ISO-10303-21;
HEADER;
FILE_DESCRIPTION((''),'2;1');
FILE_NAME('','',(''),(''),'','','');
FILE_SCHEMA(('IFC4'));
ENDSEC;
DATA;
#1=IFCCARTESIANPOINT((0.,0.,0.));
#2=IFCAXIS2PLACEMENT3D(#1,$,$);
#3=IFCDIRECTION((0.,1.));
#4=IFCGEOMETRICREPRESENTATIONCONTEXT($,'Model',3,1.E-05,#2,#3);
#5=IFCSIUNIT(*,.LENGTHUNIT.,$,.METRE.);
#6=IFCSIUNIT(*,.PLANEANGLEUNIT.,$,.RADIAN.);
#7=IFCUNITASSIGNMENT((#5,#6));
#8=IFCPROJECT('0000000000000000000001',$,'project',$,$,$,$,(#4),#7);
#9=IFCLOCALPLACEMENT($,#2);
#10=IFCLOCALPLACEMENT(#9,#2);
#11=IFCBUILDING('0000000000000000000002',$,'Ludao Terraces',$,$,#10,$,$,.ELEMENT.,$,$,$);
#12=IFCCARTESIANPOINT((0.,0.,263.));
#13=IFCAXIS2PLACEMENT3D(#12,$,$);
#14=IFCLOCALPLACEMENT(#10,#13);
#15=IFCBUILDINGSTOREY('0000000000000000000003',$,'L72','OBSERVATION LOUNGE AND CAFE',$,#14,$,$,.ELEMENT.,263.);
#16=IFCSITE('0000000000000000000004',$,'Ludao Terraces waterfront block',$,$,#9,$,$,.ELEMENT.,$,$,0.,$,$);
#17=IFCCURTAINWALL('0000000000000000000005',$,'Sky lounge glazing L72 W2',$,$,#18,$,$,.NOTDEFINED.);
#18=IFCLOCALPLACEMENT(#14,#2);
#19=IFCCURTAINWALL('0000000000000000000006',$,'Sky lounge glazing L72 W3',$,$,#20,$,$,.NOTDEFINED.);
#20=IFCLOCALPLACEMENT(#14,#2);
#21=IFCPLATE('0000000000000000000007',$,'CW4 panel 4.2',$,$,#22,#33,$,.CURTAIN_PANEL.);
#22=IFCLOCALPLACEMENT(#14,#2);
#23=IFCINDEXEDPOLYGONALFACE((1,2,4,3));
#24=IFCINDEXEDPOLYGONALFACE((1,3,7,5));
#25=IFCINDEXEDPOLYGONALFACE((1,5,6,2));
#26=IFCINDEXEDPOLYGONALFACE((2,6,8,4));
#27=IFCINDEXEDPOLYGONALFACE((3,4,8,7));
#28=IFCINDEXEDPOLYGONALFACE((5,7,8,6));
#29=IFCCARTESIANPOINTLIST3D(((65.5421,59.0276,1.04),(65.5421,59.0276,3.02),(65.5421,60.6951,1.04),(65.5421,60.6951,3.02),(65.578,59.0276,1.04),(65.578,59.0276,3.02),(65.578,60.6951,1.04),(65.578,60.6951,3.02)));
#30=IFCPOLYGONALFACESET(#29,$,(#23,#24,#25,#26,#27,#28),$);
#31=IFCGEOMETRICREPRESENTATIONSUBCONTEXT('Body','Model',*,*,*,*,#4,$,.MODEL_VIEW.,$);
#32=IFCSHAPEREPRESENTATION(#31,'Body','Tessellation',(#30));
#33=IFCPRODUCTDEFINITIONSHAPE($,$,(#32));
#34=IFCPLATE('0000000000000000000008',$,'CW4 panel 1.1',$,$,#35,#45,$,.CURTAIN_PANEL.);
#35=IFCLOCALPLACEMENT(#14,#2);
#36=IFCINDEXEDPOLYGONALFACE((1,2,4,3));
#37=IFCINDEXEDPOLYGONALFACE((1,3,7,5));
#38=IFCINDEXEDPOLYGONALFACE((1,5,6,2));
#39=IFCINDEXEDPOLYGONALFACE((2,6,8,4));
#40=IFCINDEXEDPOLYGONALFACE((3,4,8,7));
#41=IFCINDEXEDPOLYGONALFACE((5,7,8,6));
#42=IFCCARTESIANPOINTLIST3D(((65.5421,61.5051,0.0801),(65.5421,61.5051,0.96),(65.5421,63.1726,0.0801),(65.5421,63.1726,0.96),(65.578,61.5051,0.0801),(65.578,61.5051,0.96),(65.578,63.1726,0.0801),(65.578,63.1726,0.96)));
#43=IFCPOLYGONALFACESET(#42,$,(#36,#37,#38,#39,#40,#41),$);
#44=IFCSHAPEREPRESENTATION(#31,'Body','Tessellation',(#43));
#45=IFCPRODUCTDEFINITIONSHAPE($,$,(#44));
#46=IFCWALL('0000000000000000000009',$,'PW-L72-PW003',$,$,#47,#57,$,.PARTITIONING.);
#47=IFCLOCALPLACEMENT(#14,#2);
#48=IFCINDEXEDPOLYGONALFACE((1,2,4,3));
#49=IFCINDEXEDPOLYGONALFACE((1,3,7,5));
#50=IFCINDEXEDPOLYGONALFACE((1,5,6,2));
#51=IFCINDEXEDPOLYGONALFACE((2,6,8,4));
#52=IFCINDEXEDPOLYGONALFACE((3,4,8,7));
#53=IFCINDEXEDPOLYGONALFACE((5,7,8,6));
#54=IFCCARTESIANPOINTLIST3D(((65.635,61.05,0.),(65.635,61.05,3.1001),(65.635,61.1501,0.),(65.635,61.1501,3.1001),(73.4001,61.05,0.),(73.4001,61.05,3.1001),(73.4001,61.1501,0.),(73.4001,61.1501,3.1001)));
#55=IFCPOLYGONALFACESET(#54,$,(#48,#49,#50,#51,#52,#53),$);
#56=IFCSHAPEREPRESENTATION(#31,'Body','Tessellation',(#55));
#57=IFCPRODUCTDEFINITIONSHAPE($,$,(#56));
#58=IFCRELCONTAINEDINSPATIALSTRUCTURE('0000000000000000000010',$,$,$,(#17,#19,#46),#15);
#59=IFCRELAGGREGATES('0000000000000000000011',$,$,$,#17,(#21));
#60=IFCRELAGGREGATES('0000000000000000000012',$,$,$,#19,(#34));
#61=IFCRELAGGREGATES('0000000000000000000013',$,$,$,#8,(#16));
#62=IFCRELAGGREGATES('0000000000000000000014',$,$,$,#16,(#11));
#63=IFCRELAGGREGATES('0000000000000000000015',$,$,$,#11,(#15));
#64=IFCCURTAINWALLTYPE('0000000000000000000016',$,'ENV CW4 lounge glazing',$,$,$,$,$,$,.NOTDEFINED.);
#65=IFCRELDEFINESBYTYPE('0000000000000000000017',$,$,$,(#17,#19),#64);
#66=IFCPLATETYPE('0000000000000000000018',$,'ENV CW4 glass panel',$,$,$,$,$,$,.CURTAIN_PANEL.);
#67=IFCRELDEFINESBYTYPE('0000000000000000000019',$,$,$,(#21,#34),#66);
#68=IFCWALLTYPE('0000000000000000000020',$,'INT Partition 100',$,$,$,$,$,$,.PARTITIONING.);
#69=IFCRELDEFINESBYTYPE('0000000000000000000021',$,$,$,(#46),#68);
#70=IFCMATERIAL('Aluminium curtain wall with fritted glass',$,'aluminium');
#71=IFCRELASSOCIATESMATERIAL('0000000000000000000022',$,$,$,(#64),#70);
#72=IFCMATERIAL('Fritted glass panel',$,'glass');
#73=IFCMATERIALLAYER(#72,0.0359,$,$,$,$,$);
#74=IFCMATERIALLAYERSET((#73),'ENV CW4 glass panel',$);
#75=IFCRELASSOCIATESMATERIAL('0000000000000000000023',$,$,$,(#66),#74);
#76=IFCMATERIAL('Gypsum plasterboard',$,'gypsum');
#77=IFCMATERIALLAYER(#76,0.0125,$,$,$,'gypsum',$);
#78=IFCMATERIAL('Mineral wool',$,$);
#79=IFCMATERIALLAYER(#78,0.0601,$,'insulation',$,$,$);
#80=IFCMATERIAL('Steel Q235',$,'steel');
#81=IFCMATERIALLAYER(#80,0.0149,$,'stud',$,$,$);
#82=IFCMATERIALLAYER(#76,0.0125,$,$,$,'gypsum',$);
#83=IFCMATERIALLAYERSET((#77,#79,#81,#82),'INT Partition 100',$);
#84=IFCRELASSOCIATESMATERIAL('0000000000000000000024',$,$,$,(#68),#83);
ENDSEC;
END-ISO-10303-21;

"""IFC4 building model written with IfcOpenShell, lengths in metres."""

from ifc_helpers import new_model, si_unit, direction, frame, frame_2d, origin, origin_2d, place, context, subcontext, project, spatial, rectangle, extrude, material, layer, layer_set, type_object, element, aggregate, save


model = new_model("IFC4")

# Units and contexts
model_context = context("Model", 3, precision=1e-05, world=origin(), true_north=direction((0.0, 1.0)))
body_context = subcontext(model_context, "Body", "Model", "MODEL_VIEW")
ifc_project = project(units=[si_unit("LENGTHUNIT", "METRE"), si_unit("PLANEANGLEUNIT", "RADIAN")], contexts=[model_context])

# Site, building, storey
site_placement = place(None, origin())
site = spatial("IfcSite", under=ifc_project, at=site_placement, Name="Ludao Terraces waterfront block", CompositionType="ELEMENT", RefElevation=0.0)
building_placement = place(site_placement, origin())
building = spatial("IfcBuilding", under=site, at=building_placement, Name="Ludao Terraces", CompositionType="ELEMENT")
storey_placement = place(building_placement, frame((0.0, 0.0, 263.0)))
storey = spatial("IfcBuildingStorey", under=building, at=storey_placement, Name="L72", Description="OBSERVATION LOUNGE AND CAFE", CompositionType="ELEMENT", Elevation=263.0)

# Curtain wall
ifc_material_1 = material(Name="Aluminium curtain wall with fritted glass", Category="aluminium")
curtain_wall_type = type_object("IfcCurtainWallType", Name="ENV CW4 lounge glazing", PredefinedType="NOTDEFINED", material=ifc_material_1)
curtain_wall_1_placement = place(storey_placement, origin())
curtain_wall_1 = element("IfcCurtainWall", 1, at=curtain_wall_1_placement, inside=storey, type_object=curtain_wall_type, Name="Sky lounge glazing L72 W2", PredefinedType="NOTDEFINED")

# Curtain wall
curtain_wall_2_placement = place(storey_placement, origin())
curtain_wall_2 = element("IfcCurtainWall", 2, at=curtain_wall_2_placement, inside=storey, type_object=curtain_wall_type, Name="Sky lounge glazing L72 W3", PredefinedType="NOTDEFINED")

# Plates
ifc_material_2 = material(Name="Fritted glass panel", Category="glass")
ifc_layer_1 = layer(ifc_material_2, 0.0359)
ifc_layer_set_1 = layer_set([ifc_layer_1], Name="ENV CW4 glass panel")
plate_type = type_object("IfcPlateType", Name="ENV CW4 glass panel", PredefinedType="CURTAIN_PANEL", material=ifc_layer_set_1)
plate_1_placement = place(storey_placement, frame((65.5601, 59.8613, 1.04), z_axis=(0.0, 0.0, 1.0), x_axis=(0.0, 1.0, 0.0)))
plate_1 = element("IfcPlate", 3, at=plate_1_placement, type_object=plate_type, Name="CW4 panel 4.2", PredefinedType="CURTAIN_PANEL", context=body_context, shape_type="SweptSolid", body=[
    extrude(rectangle(XDim=1.6675, YDim=0.0359, at=origin_2d()), origin(), (0.0, 0.0, 1.0), 1.98),
])
aggregate(curtain_wall_1, [plate_1])
plate_2_placement = place(storey_placement, frame((65.5601, 62.3389, 0.0801), z_axis=(0.0, 0.0, 1.0), x_axis=(0.0, 1.0, 0.0)))
plate_2 = element("IfcPlate", 4, at=plate_2_placement, type_object=plate_type, Name="CW4 panel 1.1", PredefinedType="CURTAIN_PANEL", context=body_context, shape_type="SweptSolid", body=[
    extrude(rectangle(XDim=1.6675, YDim=0.0359, at=origin_2d()), origin(), (0.0, 0.0, 1.0), 0.8799),
])
aggregate(curtain_wall_2, [plate_2])

# Wall
ifc_material_3 = material(Name="Gypsum plasterboard", Category="gypsum")
ifc_layer_2 = layer(ifc_material_3, 0.0125, Category="gypsum")
ifc_material_4 = material(Name="Mineral wool")
ifc_layer_3 = layer(ifc_material_4, 0.0601, Name="insulation")
ifc_material_5 = material(Name="Steel Q235", Category="steel")
ifc_layer_4 = layer(ifc_material_5, 0.0149, Name="stud")
ifc_layer_5 = layer(ifc_material_3, 0.0125, Category="gypsum")
ifc_layer_set_2 = layer_set([ifc_layer_2, ifc_layer_3, ifc_layer_4, ifc_layer_5], Name="INT Partition 100")
wall_type = type_object("IfcWallType", Name="INT Partition 100", PredefinedType="PARTITIONING", material=ifc_layer_set_2)
wall_placement = place(storey_placement, frame((65.635, 61.1001, 0.0), z_axis=(0.0, 0.0, 1.0), x_axis=(1.0, 0.0, 0.0)))
element("IfcWall", 5, at=wall_placement, inside=storey, type_object=wall_type, Name="PW-L72-PW003", PredefinedType="PARTITIONING", context=body_context, shape_type="SweptSolid", body=[
    extrude(rectangle(XDim=7.7651, YDim=0.1001, at=frame_2d((3.8826, 0.0))), origin(), (0.0, 0.0, 1.0), 3.1001),
])

save(model, "model.ifc")
